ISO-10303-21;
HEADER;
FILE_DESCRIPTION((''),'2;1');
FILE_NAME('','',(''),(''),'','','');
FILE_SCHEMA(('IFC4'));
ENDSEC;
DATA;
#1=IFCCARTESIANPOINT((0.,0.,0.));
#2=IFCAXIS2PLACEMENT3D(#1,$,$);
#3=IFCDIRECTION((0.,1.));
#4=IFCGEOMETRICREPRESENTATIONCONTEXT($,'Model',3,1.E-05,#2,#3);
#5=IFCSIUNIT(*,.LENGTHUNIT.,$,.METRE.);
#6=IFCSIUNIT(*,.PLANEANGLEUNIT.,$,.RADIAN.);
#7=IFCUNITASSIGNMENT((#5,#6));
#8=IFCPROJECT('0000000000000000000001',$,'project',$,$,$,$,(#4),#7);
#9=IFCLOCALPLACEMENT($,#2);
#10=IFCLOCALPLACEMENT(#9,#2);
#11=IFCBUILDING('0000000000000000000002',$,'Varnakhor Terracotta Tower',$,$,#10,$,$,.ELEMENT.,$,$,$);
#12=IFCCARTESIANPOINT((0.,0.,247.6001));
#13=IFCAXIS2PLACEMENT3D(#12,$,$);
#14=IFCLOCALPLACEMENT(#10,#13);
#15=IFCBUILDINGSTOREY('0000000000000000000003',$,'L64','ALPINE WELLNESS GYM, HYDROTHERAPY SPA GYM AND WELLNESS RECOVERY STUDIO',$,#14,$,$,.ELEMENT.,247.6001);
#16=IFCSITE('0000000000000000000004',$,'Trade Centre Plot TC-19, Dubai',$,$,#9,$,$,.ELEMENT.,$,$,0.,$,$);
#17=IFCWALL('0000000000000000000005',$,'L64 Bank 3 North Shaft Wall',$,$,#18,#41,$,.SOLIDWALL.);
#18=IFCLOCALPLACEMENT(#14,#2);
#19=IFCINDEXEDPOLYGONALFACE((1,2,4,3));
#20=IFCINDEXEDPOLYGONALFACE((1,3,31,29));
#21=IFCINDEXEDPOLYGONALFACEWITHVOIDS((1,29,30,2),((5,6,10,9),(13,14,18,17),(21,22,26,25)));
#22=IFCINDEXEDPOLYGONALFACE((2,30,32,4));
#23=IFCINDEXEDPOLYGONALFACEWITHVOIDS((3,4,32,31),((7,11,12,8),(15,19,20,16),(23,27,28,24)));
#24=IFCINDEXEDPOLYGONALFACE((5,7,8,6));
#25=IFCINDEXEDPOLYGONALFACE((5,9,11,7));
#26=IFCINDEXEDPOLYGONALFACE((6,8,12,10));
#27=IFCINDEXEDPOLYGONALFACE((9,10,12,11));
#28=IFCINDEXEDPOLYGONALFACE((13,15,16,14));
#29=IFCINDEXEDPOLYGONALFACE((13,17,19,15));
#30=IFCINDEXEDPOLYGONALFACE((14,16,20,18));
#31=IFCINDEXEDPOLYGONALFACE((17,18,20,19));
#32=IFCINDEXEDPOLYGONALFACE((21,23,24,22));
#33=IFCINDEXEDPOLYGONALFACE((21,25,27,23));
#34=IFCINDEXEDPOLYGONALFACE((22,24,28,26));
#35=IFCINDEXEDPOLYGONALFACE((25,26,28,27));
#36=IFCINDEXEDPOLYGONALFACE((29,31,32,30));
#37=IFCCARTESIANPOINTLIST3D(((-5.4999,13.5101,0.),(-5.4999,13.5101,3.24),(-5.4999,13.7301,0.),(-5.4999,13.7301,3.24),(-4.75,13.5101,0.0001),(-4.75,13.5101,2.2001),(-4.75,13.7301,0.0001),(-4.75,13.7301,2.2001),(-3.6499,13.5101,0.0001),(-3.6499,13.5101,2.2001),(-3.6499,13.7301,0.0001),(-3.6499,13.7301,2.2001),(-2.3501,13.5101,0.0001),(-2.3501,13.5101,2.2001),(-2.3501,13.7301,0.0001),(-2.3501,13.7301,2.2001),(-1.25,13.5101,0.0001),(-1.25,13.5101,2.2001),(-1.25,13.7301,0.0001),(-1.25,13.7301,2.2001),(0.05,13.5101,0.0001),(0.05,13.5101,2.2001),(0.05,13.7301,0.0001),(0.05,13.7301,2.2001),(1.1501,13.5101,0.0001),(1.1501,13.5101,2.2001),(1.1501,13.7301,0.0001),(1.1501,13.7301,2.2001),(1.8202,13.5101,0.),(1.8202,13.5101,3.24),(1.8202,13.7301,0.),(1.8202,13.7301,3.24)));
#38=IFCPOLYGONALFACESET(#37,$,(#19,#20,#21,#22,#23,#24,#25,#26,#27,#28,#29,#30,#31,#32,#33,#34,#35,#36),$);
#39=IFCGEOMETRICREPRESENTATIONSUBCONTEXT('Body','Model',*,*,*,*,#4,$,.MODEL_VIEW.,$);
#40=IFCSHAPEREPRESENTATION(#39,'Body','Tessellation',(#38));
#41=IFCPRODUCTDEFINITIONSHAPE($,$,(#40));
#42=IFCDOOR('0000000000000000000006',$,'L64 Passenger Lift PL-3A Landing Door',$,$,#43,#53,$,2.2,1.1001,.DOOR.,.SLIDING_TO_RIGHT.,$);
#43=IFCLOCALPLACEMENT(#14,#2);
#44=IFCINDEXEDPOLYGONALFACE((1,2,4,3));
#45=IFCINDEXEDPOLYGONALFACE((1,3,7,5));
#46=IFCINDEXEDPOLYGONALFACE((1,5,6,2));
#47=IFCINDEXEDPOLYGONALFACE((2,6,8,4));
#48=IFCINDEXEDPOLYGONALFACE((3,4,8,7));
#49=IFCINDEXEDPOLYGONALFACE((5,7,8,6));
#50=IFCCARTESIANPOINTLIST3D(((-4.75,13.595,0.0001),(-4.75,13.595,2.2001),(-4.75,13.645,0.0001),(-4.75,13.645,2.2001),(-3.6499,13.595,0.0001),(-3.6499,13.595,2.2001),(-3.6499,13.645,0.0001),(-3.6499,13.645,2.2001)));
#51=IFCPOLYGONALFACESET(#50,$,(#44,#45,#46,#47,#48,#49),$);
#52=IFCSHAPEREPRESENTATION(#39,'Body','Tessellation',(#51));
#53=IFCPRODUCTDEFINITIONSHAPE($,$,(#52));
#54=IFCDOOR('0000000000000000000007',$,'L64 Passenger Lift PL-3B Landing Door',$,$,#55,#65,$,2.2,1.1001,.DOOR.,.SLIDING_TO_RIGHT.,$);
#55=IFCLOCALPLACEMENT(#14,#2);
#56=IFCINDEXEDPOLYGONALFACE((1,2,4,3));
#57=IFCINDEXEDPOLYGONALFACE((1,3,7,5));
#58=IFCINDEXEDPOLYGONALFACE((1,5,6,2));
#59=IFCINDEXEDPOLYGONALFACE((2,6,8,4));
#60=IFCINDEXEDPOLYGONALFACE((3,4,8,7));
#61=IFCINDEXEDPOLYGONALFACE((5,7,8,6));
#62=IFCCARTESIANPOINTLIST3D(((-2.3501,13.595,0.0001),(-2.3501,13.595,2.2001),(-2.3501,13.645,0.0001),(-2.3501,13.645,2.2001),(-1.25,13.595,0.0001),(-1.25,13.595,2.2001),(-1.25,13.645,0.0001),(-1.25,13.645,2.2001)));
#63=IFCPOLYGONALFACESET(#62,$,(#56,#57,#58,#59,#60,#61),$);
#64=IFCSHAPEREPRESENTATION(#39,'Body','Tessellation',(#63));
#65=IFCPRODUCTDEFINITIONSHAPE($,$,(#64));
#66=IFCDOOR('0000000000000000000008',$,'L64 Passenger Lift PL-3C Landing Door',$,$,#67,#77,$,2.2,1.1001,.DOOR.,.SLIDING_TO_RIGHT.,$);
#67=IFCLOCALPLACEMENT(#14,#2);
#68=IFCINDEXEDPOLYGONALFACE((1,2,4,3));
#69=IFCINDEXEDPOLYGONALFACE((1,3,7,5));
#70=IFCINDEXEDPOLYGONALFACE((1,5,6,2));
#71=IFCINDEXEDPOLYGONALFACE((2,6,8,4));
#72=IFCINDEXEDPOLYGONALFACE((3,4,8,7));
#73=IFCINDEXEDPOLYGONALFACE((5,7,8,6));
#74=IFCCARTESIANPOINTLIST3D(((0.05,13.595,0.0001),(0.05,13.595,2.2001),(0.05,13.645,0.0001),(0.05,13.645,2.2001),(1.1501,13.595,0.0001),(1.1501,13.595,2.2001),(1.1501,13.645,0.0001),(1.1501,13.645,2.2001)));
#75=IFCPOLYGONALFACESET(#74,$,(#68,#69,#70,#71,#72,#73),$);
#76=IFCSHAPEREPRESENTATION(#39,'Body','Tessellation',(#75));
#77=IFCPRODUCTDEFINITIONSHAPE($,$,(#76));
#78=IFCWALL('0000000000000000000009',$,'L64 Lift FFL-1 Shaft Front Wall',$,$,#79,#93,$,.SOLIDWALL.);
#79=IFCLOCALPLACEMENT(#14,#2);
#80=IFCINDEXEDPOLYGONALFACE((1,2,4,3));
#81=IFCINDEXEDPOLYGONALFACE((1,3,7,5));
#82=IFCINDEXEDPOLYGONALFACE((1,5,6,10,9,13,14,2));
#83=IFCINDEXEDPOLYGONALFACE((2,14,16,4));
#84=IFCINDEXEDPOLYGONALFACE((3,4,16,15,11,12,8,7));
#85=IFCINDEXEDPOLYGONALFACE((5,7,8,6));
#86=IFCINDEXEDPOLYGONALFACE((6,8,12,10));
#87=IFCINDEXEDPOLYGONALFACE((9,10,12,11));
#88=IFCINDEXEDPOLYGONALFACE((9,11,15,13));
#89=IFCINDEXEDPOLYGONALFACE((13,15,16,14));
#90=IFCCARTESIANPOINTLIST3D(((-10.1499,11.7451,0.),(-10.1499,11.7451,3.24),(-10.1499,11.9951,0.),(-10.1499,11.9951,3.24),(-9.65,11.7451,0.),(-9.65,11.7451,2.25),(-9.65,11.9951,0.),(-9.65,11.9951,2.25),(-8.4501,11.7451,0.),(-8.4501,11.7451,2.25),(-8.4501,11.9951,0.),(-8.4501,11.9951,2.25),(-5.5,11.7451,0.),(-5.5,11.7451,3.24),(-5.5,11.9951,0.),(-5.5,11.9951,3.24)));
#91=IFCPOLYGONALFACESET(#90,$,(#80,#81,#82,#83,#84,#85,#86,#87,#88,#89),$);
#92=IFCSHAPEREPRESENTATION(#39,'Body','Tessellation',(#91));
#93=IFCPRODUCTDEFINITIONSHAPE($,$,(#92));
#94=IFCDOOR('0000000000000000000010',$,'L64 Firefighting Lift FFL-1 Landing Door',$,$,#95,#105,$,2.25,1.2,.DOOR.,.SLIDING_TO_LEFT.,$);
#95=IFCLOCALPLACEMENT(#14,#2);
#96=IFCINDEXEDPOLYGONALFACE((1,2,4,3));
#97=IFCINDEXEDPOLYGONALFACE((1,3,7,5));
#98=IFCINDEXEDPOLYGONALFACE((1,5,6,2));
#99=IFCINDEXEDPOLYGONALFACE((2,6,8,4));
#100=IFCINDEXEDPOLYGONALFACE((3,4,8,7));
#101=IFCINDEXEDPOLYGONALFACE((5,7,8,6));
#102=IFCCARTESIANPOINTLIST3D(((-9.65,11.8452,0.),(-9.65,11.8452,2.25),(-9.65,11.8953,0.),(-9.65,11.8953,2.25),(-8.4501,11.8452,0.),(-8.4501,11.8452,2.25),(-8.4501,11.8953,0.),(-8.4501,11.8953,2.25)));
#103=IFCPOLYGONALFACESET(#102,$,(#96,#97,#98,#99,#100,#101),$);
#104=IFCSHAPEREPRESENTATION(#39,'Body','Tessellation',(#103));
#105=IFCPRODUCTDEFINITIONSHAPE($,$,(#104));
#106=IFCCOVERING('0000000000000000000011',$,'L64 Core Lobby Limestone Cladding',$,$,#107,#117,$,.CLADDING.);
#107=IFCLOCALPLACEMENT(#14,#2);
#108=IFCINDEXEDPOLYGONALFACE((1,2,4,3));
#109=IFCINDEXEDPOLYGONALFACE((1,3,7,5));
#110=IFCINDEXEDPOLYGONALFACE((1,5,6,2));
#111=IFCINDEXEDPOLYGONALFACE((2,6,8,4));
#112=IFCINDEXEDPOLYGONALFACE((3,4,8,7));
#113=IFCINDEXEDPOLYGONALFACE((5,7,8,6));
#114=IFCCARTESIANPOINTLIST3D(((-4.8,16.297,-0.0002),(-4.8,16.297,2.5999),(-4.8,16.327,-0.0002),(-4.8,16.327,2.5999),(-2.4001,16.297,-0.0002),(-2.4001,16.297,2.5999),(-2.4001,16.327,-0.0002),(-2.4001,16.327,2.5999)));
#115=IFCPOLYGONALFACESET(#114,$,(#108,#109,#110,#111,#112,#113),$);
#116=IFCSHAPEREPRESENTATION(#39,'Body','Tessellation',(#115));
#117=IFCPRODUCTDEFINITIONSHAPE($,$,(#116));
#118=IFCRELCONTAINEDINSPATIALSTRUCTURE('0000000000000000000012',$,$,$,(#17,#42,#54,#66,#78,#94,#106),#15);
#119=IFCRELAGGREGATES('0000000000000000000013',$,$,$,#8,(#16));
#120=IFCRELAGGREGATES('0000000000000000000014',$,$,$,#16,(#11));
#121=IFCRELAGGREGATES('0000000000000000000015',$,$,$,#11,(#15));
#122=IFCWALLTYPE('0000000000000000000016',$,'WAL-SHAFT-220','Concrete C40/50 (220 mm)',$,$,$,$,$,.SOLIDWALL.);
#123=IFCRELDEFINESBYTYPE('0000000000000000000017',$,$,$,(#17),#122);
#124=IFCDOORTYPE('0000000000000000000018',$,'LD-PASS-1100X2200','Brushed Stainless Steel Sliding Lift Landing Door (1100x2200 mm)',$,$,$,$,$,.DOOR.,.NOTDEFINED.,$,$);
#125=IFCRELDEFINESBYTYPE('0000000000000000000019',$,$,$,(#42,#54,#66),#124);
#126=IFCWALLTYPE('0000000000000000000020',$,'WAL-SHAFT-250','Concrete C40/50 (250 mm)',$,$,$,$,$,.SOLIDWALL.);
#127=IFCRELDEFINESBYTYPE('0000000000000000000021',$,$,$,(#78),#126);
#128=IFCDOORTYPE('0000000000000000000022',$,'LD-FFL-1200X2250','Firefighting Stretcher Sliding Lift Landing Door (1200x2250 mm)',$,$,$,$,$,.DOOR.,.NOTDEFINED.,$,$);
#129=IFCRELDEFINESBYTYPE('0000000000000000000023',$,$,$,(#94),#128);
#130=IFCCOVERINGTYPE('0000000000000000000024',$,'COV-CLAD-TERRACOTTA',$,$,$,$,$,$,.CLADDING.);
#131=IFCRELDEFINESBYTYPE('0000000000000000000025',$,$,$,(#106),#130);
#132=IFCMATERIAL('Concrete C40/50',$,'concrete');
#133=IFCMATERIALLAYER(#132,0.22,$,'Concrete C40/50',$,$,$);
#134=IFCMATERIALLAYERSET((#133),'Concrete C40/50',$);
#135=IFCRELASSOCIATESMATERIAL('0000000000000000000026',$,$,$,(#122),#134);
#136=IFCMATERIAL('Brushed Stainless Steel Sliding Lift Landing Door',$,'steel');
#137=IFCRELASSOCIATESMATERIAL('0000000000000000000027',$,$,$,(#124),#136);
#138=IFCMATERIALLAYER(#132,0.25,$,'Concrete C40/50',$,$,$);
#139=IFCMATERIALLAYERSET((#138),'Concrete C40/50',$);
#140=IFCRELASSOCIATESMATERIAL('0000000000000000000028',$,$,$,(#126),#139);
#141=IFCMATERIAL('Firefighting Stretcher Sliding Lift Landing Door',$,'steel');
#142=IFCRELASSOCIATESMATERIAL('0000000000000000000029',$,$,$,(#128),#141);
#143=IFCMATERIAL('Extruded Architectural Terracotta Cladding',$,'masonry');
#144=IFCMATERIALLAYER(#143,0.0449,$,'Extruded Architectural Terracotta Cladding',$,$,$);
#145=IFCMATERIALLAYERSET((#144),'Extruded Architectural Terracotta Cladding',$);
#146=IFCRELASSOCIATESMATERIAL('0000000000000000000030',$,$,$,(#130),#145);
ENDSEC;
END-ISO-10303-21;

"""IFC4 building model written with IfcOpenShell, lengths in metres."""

from ifc_helpers import new_model, si_unit, direction, frame, frame_2d, origin, origin_2d, place, context, subcontext, project, spatial, rectangle, extrude, source, transform, mapped, material, layer, layer_set, type_object, type_shapes, element, fill, save


model = new_model("IFC4")

# Units and contexts
model_context = context("Model", 3, precision=1e-05, world=origin(), true_north=direction((0.0, 1.0)))
body_context = subcontext(model_context, "Body", "Model", "MODEL_VIEW")
ifc_project = project(units=[si_unit("LENGTHUNIT", "METRE"), si_unit("PLANEANGLEUNIT", "RADIAN")], contexts=[model_context])

# Site, building, storey
site_placement = place(None, origin())
site = spatial("IfcSite", under=ifc_project, at=site_placement, Name="Trade Centre Plot TC-19, Dubai", CompositionType="ELEMENT", RefElevation=0.0)
building_placement = place(site_placement, origin())
building = spatial("IfcBuilding", under=site, at=building_placement, Name="Varnakhor Terracotta Tower", CompositionType="ELEMENT")
storey_placement = place(building_placement, frame((0.0, 0.0, 247.6001)))
storey = spatial("IfcBuildingStorey", under=building, at=storey_placement, Name="L64", Description="ALPINE WELLNESS GYM, HYDROTHERAPY SPA GYM AND WELLNESS RECOVERY STUDIO", CompositionType="ELEMENT", Elevation=247.6001)

# Wall, openings, doors
ifc_material_1 = material(Name="Concrete C40/50", Category="concrete")
ifc_layer_1 = layer(ifc_material_1, 0.22, Name="Concrete C40/50")
ifc_layer_set_1 = layer_set([ifc_layer_1], Name="Concrete C40/50")
wall_type_1 = type_object("IfcWallType", Name="WAL-SHAFT-220", Description="Concrete C40/50 (220 mm)", PredefinedType="SOLIDWALL", material=ifc_layer_set_1)
wall_1_placement = place(storey_placement, frame((-5.5, 13.6201, 0.0), z_axis=(0.0, 0.0, 1.0), x_axis=(1.0, 0.0, 0.0)))
wall_1 = element("IfcWall", 1, at=wall_1_placement, inside=storey, type_object=wall_type_1, Name="L64 Bank 3 North Shaft Wall", PredefinedType="SOLIDWALL", context=body_context, shape_type="SweptSolid", body=[
    extrude(rectangle(XDim=7.3201, YDim=0.22, at=frame_2d((3.6602, 0.0))), origin(), (0.0, 0.0, 1.0), 3.24),
])
opening_1_placement = place(wall_1_placement, frame((0.75, 0.0, 0.0)))
opening_1 = element("IfcOpeningElement", 2, at=opening_1_placement, cuts=wall_1, PredefinedType="OPENING", context=body_context, shape_type="SweptSolid", body=[
    extrude(rectangle(XDim=1.1001, YDim=2.2, at=frame_2d((0.55, 1.1001))), frame((0.0, 0.1201, 0.0), z_axis=(0.0, -1.0, 0.0), x_axis=(1.0, 0.0, 0.0)), (0.0, 0.0, 1.0), 0.24),
])
opening_2_placement = place(wall_1_placement, frame((3.1499, 0.0, 0.0)))
opening_2 = element("IfcOpeningElement", 3, at=opening_2_placement, cuts=wall_1, PredefinedType="OPENING", context=body_context, shape_type="SweptSolid", body=[
    extrude(rectangle(XDim=1.1001, YDim=2.2, at=frame_2d((0.55, 1.1001))), frame((0.0, 0.1201, 0.0), z_axis=(0.0, -1.0, 0.0), x_axis=(1.0, 0.0, 0.0)), (0.0, 0.0, 1.0), 0.24),
])
opening_3_placement = place(wall_1_placement, frame((5.55, 0.0, 0.0)))
opening_3 = element("IfcOpeningElement", 4, at=opening_3_placement, cuts=wall_1, PredefinedType="OPENING", context=body_context, shape_type="SweptSolid", body=[
    extrude(rectangle(XDim=1.1001, YDim=2.2, at=frame_2d((0.55, 1.1001))), frame((0.0, 0.1201, 0.0), z_axis=(0.0, -1.0, 0.0), x_axis=(1.0, 0.0, 0.0)), (0.0, 0.0, 1.0), 0.24),
])
ifc_material_2 = material(Name="Brushed Stainless Steel Sliding Lift Landing Door", Category="steel")
door_type_1 = type_object("IfcDoorType", Name="LD-PASS-1100X2200", Description="Brushed Stainless Steel Sliding Lift Landing Door (1100x2200 mm)", OperationType="NOTDEFINED", PredefinedType="DOOR", material=ifc_material_2)
shared_shape_1 = source(origin(), body_context, "Body", "SweptSolid", [
    extrude(rectangle(XDim=1.1001, YDim=2.2, at=frame_2d((0.55, 1.1001))), frame((0.0, 0.0249, 0.0), z_axis=(0.0, -1.0, 0.0), x_axis=(1.0, 0.0, 0.0)), (0.0, 0.0, 1.0), 0.05),
])
type_shapes(door_type_1, [shared_shape_1])
door_1_placement = place(opening_1_placement, origin())
door_1 = element("IfcDoor", 5, at=door_1_placement, inside=storey, type_object=door_type_1, Name="L64 Passenger Lift PL-3A Landing Door", OperationType="SLIDING_TO_RIGHT", OverallHeight=2.2, OverallWidth=1.1001, PredefinedType="DOOR", context=body_context, shape_type="MappedRepresentation", body=[
    mapped(shared_shape_1, transform((0.0, 0.0, 0.0), scale=1.0)),
])
fill(opening_1, door_1)
door_2_placement = place(opening_2_placement, origin())
door_2 = element("IfcDoor", 6, at=door_2_placement, inside=storey, type_object=door_type_1, Name="L64 Passenger Lift PL-3B Landing Door", OperationType="SLIDING_TO_RIGHT", OverallHeight=2.2, OverallWidth=1.1001, PredefinedType="DOOR", context=body_context, shape_type="MappedRepresentation", body=[
    mapped(shared_shape_1, transform((0.0, 0.0, 0.0), scale=1.0)),
])
fill(opening_2, door_2)
door_3_placement = place(opening_3_placement, origin())
door_3 = element("IfcDoor", 7, at=door_3_placement, inside=storey, type_object=door_type_1, Name="L64 Passenger Lift PL-3C Landing Door", OperationType="SLIDING_TO_RIGHT", OverallHeight=2.2, OverallWidth=1.1001, PredefinedType="DOOR", context=body_context, shape_type="MappedRepresentation", body=[
    mapped(shared_shape_1, transform((0.0, 0.0, 0.0), scale=1.0)),
])
fill(opening_3, door_3)

# Wall, opening, door
ifc_layer_2 = layer(ifc_material_1, 0.25, Name="Concrete C40/50")
ifc_layer_set_2 = layer_set([ifc_layer_2], Name="Concrete C40/50")
wall_type_2 = type_object("IfcWallType", Name="WAL-SHAFT-250", Description="Concrete C40/50 (250 mm)", PredefinedType="SOLIDWALL", material=ifc_layer_set_2)
wall_2_placement = place(storey_placement, frame((-5.5, 11.8701, 0.0), z_axis=(0.0, 0.0, 1.0), x_axis=(-1.0, 0.0, 0.0)))
wall_2 = element("IfcWall", 8, at=wall_2_placement, inside=storey, type_object=wall_type_2, Name="L64 Lift FFL-1 Shaft Front Wall", PredefinedType="SOLIDWALL", context=body_context, shape_type="SweptSolid", body=[
    extrude(rectangle(XDim=4.6499, YDim=0.25, at=frame_2d((2.325, 0.0))), origin(), (0.0, 0.0, 1.0), 3.24),
])
opening_4_placement = place(wall_2_placement, frame((2.95, 0.0, 0.0)))
opening_4 = element("IfcOpeningElement", 9, at=opening_4_placement, cuts=wall_2, PredefinedType="OPENING", context=body_context, shape_type="SweptSolid", body=[
    extrude(rectangle(XDim=1.2, YDim=2.25, at=frame_2d((0.6001, 1.125))), frame((0.0, 0.135, 0.0), z_axis=(0.0, -1.0, 0.0), x_axis=(1.0, 0.0, 0.0)), (0.0, 0.0, 1.0), 0.27),
])
ifc_material_3 = material(Name="Firefighting Stretcher Sliding Lift Landing Door", Category="steel")
door_type_2 = type_object("IfcDoorType", Name="LD-FFL-1200X2250", Description="Firefighting Stretcher Sliding Lift Landing Door (1200x2250 mm)", OperationType="NOTDEFINED", PredefinedType="DOOR", material=ifc_material_3)
shared_shape_2 = source(origin(), body_context, "Body", "SweptSolid", [
    extrude(rectangle(XDim=1.2, YDim=2.25, at=frame_2d((0.6001, 1.125))), frame((0.0, 0.0249, 0.0), z_axis=(0.0, -1.0, 0.0), x_axis=(1.0, 0.0, 0.0)), (0.0, 0.0, 1.0), 0.05),
])
type_shapes(door_type_2, [shared_shape_2])
door_4_placement = place(opening_4_placement, origin())
door_4 = element("IfcDoor", 10, at=door_4_placement, inside=storey, type_object=door_type_2, Name="L64 Firefighting Lift FFL-1 Landing Door", OperationType="SLIDING_TO_LEFT", OverallHeight=2.25, OverallWidth=1.2, PredefinedType="DOOR", context=body_context, shape_type="MappedRepresentation", body=[
    mapped(shared_shape_2, transform((0.0, 0.0, 0.0), scale=1.0)),
])
fill(opening_4, door_4)

# Covering
ifc_material_4 = material(Name="Extruded Architectural Terracotta Cladding", Category="masonry")
ifc_layer_3 = layer(ifc_material_4, 0.0449, Name="Extruded Architectural Terracotta Cladding")
ifc_layer_set_3 = layer_set([ifc_layer_3], Name="Extruded Architectural Terracotta Cladding")
covering_type = type_object("IfcCoveringType", Name="COV-CLAD-TERRACOTTA", PredefinedType="CLADDING", material=ifc_layer_set_3)
shared_shape_3 = source(origin(), body_context, "Body", "SweptSolid", [
    extrude(rectangle(XDim=2.3999, YDim=0.03, at=origin_2d()), origin(), (0.0, 0.0, 1.0), 2.6001),
])
type_shapes(covering_type, [shared_shape_3])
covering_placement = place(storey_placement, frame((-3.6001, 16.312, -0.0002), z_axis=(0.0, 0.0, 1.0), x_axis=(1.0, 0.0, 0.0)))
element("IfcCovering", 11, at=covering_placement, inside=storey, type_object=covering_type, Name="L64 Core Lobby Limestone Cladding", PredefinedType="CLADDING", context=body_context, shape_type="MappedRepresentation", body=[
    mapped(shared_shape_3, transform((0.0, 0.0, 0.0), scale=1.0)),
])

save(model, "model.ifc")
